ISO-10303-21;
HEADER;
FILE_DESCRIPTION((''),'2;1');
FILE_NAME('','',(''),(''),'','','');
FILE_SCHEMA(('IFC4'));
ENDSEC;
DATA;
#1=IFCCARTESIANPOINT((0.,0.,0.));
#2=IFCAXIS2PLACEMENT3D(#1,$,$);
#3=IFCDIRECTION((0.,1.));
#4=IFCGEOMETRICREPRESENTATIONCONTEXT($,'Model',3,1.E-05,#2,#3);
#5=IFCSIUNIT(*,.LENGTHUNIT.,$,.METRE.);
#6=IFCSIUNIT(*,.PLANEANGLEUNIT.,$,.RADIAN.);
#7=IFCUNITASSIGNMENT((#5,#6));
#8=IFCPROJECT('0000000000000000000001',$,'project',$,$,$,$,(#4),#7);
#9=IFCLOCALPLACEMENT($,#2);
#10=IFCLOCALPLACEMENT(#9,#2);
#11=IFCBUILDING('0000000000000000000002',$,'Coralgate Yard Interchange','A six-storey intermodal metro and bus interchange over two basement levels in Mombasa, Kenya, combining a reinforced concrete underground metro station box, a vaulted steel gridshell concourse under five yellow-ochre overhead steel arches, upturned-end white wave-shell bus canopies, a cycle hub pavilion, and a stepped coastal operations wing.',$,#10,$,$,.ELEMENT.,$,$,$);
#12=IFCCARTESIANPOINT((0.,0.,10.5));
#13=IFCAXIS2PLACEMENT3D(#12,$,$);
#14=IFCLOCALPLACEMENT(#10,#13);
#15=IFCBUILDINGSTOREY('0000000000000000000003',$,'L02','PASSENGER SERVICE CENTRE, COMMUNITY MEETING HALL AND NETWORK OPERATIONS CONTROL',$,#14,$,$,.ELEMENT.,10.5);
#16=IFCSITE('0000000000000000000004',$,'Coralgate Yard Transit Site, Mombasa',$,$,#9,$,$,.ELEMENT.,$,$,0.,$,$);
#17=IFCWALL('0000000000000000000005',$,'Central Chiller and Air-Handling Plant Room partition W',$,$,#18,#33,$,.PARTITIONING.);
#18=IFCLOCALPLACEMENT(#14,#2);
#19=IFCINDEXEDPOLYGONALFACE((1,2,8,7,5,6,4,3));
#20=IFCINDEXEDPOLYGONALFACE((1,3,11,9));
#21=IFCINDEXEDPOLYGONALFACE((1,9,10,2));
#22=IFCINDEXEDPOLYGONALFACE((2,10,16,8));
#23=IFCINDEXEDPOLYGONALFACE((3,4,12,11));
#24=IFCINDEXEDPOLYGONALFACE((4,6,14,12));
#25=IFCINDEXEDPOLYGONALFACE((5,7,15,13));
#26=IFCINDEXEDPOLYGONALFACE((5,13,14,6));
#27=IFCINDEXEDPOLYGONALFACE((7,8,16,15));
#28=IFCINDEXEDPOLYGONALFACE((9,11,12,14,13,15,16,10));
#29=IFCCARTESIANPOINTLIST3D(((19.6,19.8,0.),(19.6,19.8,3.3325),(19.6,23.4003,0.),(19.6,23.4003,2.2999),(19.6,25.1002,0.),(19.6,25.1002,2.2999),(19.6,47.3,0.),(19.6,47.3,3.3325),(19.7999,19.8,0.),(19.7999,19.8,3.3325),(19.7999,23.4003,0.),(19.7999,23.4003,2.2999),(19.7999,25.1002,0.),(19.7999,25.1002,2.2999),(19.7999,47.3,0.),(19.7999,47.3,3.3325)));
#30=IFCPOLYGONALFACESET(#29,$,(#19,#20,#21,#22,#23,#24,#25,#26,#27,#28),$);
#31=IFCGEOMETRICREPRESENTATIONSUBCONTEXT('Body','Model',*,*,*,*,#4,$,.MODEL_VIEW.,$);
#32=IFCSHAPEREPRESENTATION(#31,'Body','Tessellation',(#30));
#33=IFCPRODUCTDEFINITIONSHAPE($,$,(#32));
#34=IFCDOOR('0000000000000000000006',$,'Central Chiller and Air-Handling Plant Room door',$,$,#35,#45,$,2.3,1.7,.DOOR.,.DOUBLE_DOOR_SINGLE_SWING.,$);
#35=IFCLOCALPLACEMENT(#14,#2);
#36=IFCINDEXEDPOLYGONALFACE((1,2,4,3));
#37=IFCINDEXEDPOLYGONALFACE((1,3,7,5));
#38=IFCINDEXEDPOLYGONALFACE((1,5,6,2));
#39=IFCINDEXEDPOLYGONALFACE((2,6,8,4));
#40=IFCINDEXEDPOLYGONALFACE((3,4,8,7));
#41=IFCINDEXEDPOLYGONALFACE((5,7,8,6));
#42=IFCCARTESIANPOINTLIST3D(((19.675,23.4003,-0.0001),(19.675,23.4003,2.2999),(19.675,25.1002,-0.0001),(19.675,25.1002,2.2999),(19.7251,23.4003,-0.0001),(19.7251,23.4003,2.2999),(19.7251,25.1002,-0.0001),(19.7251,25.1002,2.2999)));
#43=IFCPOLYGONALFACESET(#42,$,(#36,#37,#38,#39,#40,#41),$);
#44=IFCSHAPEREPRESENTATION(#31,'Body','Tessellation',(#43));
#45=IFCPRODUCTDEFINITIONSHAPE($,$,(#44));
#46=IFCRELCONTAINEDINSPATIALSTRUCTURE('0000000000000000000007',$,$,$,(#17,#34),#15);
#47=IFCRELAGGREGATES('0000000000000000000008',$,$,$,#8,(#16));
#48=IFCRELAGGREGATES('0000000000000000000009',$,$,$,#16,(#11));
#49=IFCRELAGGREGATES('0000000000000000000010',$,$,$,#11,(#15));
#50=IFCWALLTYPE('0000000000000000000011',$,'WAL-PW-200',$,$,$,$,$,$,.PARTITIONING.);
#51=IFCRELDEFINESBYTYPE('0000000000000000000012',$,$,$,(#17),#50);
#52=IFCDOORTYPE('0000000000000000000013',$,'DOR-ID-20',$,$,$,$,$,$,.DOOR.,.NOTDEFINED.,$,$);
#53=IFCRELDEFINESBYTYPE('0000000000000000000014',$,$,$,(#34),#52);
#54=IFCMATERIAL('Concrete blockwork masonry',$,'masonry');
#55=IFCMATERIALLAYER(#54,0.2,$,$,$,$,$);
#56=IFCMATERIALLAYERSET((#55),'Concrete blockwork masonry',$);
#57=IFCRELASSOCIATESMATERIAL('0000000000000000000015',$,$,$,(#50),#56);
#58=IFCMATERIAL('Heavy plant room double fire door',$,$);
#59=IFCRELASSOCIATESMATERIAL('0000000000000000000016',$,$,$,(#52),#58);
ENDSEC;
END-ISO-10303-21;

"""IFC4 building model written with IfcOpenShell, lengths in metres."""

from ifc_helpers import new_model, si_unit, direction, frame, frame_2d, origin, place, context, subcontext, project, spatial, rectangle, extrude, material, layer, layer_set, type_object, element, fill, save


model = new_model("IFC4")

# Units and contexts
model_context = context("Model", 3, precision=1e-05, world=origin(), true_north=direction((0.0, 1.0)))
body_context = subcontext(model_context, "Body", "Model", "MODEL_VIEW")
ifc_project = project(units=[si_unit("LENGTHUNIT", "METRE"), si_unit("PLANEANGLEUNIT", "RADIAN")], contexts=[model_context])

# Site, building, storey
site_placement = place(None, origin())
site = spatial("IfcSite", under=ifc_project, at=site_placement, Name="Coralgate Yard Transit Site, Mombasa", CompositionType="ELEMENT", RefElevation=0.0)
building_placement = place(site_placement, origin())
building = spatial("IfcBuilding", under=site, at=building_placement, Name="Coralgate Yard Interchange", Description="A six-storey intermodal metro and bus interchange over two basement levels in Mombasa, Kenya, combining a reinforced concrete underground metro station box, a vaulted steel gridshell concourse under five yellow-ochre overhead steel arches, upturned-end white wave-shell bus canopies, a cycle hub pavilion, and a stepped coastal operations wing.", CompositionType="ELEMENT")
storey_placement = place(building_placement, frame((0.0, 0.0, 10.5)))
storey = spatial("IfcBuildingStorey", under=building, at=storey_placement, Name="L02", Description="PASSENGER SERVICE CENTRE, COMMUNITY MEETING HALL AND NETWORK OPERATIONS CONTROL", CompositionType="ELEMENT", Elevation=10.5)

# Shared definitions
ifc_material_1 = material(Name="Concrete blockwork masonry", Category="masonry")
ifc_layer_1 = layer(ifc_material_1, 0.2)
ifc_layer_set_1 = layer_set([ifc_layer_1], Name="Concrete blockwork masonry")
wall_type = type_object("IfcWallType", Name="WAL-PW-200", PredefinedType="PARTITIONING", material=ifc_layer_set_1)

# Wall, opening, door
wall_1_placement = place(storey_placement, frame((19.7, 19.8, 0.0), z_axis=(0.0, 0.0, 1.0), x_axis=(0.0, 1.0, 0.0)))
wall_1 = element("IfcWall", 1, at=wall_1_placement, inside=storey, type_object=wall_type, Name="Central Chiller and Air-Handling Plant Room partition W", PredefinedType="PARTITIONING", context=body_context, shape_type="SweptSolid", body=[
    extrude(rectangle(XDim=27.5, YDim=0.2, at=frame_2d((13.75, 0.0))), origin(), (0.0, 0.0, 1.0), 3.3325),
])
opening_placement = place(wall_1_placement, frame((3.6001, 0.0, 0.0)))
opening = element("IfcOpeningElement", 2, at=opening_placement, cuts=wall_1, PredefinedType="OPENING", context=body_context, shape_type="SweptSolid", body=[
    extrude(rectangle(XDim=1.7, YDim=2.3, at=frame_2d((0.8501, 1.1499))), frame((0.0, 0.1099, 0.0), z_axis=(0.0, -1.0, 0.0), x_axis=(1.0, 0.0, 0.0)), (0.0, 0.0, 1.0), 0.22),
])
ifc_material_2 = material(Name="Heavy plant room double fire door")
door_type = type_object("IfcDoorType", Name="DOR-ID-20", OperationType="NOTDEFINED", PredefinedType="DOOR", material=ifc_material_2)
door_placement = place(opening_placement, origin())
door = element("IfcDoor", 3, at=door_placement, inside=storey, type_object=door_type, Name="Central Chiller and Air-Handling Plant Room door", OperationType="DOUBLE_DOOR_SINGLE_SWING", OverallHeight=2.3, OverallWidth=1.7, PredefinedType="DOOR", context=body_context, shape_type="SweptSolid", body=[
    extrude(rectangle(XDim=1.7, YDim=2.3, at=frame_2d((0.8501, 1.1499))), frame((0.0, 0.0249, 0.0), z_axis=(0.0, -1.0, 0.0), x_axis=(1.0, 0.0, 0.0)), (0.0, 0.0, 1.0), 0.05),
])
fill(opening, door)

save(model, "model.ifc")
